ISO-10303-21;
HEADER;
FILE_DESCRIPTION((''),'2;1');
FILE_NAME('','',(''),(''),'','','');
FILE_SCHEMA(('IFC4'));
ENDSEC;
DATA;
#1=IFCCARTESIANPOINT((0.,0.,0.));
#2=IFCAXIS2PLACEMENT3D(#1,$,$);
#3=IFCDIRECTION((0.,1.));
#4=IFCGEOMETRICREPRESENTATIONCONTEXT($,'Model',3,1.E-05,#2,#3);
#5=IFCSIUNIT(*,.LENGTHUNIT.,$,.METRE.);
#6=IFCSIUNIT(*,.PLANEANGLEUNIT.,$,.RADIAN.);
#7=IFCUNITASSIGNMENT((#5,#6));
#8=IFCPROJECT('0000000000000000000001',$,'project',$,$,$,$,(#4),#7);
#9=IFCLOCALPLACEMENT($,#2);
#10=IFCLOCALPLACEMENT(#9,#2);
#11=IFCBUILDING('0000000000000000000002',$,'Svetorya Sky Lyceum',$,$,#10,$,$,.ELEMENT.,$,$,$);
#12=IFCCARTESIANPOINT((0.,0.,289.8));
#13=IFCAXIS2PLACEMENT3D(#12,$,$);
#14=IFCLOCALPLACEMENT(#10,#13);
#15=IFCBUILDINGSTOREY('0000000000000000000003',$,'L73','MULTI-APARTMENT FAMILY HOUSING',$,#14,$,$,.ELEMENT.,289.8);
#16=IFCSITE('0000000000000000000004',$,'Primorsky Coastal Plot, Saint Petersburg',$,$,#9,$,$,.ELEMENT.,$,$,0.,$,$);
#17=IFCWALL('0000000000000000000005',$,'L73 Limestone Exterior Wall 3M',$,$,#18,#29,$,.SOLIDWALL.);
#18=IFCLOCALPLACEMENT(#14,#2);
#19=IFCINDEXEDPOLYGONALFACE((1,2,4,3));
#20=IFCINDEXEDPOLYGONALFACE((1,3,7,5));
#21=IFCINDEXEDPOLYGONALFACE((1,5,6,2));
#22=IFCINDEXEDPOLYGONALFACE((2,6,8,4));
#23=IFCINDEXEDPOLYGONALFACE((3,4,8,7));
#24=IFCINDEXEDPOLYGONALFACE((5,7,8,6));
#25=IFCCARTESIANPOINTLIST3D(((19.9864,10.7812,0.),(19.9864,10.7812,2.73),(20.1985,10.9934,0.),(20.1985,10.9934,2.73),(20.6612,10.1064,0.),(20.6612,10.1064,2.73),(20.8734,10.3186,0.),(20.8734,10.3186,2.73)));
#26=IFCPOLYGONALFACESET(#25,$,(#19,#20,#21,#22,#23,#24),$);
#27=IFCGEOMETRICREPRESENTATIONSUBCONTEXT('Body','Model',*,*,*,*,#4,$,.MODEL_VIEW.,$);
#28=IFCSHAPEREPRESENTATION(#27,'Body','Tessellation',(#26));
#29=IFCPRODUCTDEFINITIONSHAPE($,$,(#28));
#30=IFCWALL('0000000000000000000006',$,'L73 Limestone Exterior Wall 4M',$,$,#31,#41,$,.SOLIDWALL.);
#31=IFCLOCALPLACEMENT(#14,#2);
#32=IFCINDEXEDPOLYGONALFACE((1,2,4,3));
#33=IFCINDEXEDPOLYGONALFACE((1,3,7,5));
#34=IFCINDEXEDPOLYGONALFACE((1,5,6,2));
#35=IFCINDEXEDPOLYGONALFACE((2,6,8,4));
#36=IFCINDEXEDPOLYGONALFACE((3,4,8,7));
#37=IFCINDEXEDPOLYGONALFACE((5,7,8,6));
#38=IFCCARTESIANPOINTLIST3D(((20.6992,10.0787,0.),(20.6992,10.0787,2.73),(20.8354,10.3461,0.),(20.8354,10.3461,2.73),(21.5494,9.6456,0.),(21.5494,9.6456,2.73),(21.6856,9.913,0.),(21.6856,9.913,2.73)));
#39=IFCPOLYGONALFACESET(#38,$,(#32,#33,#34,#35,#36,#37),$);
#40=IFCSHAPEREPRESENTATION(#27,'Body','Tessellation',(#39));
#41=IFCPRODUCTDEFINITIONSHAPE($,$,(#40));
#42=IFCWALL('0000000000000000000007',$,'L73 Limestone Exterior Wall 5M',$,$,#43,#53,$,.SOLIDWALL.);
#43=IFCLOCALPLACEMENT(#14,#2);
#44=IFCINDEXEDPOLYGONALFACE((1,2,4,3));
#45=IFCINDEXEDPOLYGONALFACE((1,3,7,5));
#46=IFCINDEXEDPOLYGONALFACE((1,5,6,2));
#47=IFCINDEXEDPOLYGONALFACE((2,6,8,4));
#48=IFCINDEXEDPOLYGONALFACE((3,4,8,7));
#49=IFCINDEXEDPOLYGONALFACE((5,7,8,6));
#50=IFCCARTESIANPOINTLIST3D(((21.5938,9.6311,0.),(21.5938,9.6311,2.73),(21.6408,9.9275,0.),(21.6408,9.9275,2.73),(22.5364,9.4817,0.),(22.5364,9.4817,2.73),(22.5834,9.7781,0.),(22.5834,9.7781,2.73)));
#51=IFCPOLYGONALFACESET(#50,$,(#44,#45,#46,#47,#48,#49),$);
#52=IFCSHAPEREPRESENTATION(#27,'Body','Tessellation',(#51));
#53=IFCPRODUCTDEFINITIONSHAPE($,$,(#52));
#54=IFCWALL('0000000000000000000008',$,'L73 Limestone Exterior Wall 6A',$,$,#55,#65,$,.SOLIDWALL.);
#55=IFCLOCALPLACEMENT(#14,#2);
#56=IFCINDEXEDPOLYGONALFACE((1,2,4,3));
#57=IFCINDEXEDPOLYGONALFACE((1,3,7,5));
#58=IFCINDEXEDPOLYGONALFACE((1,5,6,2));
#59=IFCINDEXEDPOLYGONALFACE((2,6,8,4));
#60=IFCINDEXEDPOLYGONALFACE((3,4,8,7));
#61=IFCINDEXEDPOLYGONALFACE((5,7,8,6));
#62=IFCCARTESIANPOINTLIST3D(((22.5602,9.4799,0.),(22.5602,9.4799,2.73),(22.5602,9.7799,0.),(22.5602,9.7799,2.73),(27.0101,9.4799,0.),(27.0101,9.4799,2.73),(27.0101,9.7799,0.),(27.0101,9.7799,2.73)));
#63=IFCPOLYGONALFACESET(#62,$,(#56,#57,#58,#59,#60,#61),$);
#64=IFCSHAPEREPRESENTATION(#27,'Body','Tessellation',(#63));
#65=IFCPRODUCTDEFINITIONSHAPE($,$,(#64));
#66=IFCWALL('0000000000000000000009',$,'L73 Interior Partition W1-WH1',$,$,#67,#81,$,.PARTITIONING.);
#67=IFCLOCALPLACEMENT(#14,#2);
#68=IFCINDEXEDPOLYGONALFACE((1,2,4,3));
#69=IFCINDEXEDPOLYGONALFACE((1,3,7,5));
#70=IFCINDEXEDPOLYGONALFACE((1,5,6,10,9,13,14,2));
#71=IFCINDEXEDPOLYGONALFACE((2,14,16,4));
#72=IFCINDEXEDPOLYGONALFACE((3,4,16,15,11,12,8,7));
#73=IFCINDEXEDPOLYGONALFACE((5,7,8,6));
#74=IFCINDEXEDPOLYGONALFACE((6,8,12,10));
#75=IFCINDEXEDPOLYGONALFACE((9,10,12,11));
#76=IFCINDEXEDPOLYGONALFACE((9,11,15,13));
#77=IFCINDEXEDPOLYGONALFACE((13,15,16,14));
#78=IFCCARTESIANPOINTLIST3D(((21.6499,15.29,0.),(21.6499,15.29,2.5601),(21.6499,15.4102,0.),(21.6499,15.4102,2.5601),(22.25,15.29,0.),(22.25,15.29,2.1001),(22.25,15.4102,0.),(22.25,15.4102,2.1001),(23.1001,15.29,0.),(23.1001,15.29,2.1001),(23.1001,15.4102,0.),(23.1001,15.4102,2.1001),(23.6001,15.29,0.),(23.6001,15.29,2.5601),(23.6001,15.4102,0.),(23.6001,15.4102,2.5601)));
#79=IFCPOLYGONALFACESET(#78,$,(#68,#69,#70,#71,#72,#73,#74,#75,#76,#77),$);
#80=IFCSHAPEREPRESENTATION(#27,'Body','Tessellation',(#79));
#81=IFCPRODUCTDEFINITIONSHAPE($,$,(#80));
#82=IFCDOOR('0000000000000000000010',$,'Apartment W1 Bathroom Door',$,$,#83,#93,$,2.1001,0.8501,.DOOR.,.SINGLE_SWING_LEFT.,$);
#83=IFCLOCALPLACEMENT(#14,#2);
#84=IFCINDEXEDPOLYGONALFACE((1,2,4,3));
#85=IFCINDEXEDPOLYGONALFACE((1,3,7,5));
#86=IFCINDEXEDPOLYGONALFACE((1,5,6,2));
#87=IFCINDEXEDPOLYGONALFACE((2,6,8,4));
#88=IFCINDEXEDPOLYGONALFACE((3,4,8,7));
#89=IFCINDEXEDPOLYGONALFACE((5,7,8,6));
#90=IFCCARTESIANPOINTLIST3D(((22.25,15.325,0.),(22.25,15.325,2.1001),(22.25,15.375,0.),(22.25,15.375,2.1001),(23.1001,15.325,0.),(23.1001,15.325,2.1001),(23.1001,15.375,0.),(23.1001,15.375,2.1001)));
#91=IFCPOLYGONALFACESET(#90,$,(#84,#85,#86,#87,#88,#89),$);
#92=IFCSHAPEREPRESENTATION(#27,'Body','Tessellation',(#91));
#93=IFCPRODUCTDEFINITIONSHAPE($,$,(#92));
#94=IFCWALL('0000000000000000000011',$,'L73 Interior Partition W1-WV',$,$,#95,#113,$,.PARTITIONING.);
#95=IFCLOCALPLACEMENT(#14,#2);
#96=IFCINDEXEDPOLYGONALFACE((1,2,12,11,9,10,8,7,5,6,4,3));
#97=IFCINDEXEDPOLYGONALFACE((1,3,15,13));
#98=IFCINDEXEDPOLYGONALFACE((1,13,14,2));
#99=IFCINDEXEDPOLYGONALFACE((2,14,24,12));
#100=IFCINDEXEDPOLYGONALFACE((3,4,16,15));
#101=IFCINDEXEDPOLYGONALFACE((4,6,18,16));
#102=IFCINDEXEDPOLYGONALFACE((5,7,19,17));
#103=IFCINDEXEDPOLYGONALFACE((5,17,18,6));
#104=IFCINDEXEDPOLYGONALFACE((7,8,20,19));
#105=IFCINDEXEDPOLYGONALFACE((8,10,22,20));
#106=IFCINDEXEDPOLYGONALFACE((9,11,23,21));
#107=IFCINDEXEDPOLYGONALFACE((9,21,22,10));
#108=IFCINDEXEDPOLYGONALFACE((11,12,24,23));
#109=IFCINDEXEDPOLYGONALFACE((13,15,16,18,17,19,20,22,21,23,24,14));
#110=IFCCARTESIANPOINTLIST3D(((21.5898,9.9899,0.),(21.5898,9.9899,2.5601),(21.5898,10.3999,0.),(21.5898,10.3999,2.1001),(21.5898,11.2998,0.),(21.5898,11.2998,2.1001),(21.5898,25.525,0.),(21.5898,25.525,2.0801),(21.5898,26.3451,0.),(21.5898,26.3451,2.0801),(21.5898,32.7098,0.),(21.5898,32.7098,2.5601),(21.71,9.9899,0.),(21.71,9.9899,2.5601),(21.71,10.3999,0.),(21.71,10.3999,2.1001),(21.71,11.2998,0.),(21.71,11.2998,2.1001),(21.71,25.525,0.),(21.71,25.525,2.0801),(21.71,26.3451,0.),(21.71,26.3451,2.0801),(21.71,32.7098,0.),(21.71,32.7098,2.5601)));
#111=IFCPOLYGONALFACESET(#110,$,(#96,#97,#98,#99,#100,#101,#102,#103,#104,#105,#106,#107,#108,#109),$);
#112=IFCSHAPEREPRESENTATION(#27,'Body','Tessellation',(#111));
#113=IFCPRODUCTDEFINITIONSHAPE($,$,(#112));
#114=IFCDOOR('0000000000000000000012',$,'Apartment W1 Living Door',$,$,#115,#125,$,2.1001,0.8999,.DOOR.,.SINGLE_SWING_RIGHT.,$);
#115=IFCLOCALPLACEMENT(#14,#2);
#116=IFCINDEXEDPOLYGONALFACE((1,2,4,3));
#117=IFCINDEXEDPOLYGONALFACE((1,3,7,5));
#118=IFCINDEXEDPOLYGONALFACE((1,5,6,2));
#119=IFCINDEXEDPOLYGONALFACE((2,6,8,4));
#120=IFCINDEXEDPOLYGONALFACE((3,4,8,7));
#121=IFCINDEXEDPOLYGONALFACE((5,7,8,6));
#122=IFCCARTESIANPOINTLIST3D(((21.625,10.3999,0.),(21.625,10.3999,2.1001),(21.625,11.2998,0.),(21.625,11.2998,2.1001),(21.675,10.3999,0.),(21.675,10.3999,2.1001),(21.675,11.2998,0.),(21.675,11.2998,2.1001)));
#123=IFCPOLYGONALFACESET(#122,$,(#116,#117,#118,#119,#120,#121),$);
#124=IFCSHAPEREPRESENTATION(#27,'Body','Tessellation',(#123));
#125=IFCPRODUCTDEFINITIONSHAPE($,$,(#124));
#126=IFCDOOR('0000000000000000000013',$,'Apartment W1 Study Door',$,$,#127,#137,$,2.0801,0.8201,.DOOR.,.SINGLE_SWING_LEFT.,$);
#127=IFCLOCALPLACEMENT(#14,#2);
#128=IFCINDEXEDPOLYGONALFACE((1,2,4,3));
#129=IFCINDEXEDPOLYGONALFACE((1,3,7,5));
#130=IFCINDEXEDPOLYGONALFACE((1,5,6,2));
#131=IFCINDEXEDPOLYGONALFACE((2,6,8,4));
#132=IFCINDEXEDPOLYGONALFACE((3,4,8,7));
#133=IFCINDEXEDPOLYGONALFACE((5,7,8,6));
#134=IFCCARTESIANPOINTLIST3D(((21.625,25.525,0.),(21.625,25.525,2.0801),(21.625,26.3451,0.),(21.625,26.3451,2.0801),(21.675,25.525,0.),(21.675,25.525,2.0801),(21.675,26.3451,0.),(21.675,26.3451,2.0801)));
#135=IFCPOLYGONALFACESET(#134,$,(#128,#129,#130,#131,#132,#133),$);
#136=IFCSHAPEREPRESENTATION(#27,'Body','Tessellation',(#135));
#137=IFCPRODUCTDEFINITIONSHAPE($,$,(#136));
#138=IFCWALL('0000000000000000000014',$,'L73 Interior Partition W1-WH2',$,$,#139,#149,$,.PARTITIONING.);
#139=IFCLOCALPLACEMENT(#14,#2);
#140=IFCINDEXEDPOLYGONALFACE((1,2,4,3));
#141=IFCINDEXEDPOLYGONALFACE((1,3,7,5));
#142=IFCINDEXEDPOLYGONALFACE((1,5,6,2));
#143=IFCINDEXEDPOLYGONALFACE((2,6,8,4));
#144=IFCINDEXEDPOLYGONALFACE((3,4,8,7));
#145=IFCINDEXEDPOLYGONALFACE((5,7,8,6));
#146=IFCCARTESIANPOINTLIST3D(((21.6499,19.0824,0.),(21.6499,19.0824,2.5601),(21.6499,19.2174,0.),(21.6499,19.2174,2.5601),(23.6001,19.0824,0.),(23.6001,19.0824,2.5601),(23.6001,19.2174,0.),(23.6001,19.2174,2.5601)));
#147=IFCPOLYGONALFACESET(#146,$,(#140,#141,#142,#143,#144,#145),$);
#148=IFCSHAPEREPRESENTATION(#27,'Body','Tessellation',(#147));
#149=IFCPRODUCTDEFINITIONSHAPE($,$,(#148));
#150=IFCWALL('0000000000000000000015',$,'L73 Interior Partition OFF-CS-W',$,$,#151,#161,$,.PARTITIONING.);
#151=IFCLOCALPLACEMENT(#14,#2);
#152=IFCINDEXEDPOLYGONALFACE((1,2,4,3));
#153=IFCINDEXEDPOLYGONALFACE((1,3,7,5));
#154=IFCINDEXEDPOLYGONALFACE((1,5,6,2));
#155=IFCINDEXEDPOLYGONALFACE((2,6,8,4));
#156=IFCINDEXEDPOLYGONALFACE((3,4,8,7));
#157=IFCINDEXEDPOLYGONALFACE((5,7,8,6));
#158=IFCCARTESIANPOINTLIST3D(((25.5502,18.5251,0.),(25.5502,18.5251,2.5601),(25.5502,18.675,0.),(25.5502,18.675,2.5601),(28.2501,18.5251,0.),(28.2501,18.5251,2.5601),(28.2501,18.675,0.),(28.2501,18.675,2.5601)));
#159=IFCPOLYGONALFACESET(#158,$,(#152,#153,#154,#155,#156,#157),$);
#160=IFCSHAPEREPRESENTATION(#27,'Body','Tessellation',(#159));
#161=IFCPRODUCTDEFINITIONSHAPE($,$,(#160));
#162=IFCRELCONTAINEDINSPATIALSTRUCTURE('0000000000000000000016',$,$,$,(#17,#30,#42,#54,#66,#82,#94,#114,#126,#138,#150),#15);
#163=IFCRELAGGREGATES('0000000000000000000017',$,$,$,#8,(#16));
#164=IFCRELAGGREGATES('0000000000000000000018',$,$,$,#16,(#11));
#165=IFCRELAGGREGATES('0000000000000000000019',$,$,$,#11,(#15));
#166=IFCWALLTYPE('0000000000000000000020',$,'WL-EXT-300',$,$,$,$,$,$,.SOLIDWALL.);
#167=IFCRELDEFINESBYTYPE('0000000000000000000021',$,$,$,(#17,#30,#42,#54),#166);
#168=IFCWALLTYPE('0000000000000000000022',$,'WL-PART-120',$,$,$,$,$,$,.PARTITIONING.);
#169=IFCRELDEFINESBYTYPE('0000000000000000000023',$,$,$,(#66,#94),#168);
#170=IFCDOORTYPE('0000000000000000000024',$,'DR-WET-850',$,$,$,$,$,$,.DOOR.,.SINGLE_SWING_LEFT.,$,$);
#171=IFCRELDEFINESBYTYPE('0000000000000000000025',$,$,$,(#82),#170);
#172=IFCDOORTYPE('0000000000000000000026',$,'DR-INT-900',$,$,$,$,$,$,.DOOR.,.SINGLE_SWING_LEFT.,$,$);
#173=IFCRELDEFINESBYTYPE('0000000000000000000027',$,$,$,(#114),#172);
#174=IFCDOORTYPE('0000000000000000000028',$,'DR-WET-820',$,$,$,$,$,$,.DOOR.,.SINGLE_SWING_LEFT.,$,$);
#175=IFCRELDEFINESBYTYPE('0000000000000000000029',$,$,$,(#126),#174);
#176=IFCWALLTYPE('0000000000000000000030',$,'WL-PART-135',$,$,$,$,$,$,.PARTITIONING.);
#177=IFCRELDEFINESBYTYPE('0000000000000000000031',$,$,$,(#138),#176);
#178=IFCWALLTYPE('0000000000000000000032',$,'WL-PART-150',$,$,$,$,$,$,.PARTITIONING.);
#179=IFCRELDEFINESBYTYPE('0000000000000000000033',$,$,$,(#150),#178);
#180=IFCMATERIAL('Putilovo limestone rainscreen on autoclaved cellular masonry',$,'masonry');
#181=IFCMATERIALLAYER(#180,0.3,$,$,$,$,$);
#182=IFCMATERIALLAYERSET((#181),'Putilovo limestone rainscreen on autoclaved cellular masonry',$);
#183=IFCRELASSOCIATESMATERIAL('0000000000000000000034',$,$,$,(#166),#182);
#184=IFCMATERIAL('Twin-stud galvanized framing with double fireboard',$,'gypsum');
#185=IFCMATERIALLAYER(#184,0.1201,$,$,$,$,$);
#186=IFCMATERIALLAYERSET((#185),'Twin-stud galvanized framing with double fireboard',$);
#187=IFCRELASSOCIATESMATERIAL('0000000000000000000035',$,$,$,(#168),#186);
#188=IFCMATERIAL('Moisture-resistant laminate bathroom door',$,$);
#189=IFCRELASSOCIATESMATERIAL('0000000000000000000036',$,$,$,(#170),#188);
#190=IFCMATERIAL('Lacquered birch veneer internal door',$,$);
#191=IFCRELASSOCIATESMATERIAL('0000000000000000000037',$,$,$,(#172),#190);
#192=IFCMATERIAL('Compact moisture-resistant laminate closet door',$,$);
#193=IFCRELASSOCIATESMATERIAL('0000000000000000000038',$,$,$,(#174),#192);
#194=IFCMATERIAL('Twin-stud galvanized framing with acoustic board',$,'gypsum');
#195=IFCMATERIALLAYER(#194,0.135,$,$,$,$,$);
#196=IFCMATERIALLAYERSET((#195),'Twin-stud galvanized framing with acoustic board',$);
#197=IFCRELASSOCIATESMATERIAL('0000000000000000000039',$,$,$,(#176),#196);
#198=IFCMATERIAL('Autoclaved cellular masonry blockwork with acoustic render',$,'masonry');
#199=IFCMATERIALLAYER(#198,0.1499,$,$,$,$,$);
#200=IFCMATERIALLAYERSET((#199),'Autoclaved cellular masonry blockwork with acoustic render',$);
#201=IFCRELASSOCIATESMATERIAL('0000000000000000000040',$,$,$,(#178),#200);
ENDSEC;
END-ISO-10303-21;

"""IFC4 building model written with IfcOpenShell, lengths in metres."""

from ifc_helpers import new_model, si_unit, direction, frame, frame_2d, origin, place, context, subcontext, project, spatial, rectangle, extrude, material, layer, layer_set, type_object, element, fill, save


model = new_model("IFC4")

# Units and contexts
model_context = context("Model", 3, precision=1e-05, world=origin(), true_north=direction((0.0, 1.0)))
body_context = subcontext(model_context, "Body", "Model", "MODEL_VIEW")
ifc_project = project(units=[si_unit("LENGTHUNIT", "METRE"), si_unit("PLANEANGLEUNIT", "RADIAN")], contexts=[model_context])

# Site, building, storey
site_placement = place(None, origin())
site = spatial("IfcSite", under=ifc_project, at=site_placement, Name="Primorsky Coastal Plot, Saint Petersburg", CompositionType="ELEMENT", RefElevation=0.0)
building_placement = place(site_placement, origin())
building = spatial("IfcBuilding", under=site, at=building_placement, Name="Svetorya Sky Lyceum", CompositionType="ELEMENT")
storey_placement = place(building_placement, frame((0.0, 0.0, 289.8)))
storey = spatial("IfcBuildingStorey", under=building, at=storey_placement, Name="L73", Description="MULTI-APARTMENT FAMILY HOUSING", CompositionType="ELEMENT", Elevation=289.8)

# Walls
ifc_material_1 = material(Name="Putilovo limestone rainscreen on autoclaved cellular masonry", Category="masonry")
ifc_layer_1 = layer(ifc_material_1, 0.3)
ifc_layer_set_1 = layer_set([ifc_layer_1], Name="Putilovo limestone rainscreen on autoclaved cellular masonry")
wall_type_1 = type_object("IfcWallType", Name="WL-EXT-300", PredefinedType="SOLIDWALL", material=ifc_layer_set_1)
wall_1_placement = place(storey_placement, frame((20.0925, 10.8872, 0.0), z_axis=(0.0, 0.0, 1.0), x_axis=(0.707107, -0.707107, 0.0)))
element("IfcWall", 1, at=wall_1_placement, inside=storey, type_object=wall_type_1, Name="L73 Limestone Exterior Wall 3M", PredefinedType="SOLIDWALL", context=body_context, shape_type="SweptSolid", body=[
    extrude(rectangle(XDim=0.9543, YDim=0.3, at=frame_2d((0.4771, 0.0))), origin(), (0.0, 0.0, 1.0), 2.73),
])
wall_2_placement = place(storey_placement, frame((20.7673, 10.2124, 0.0), z_axis=(0.0, 0.0, 1.0), x_axis=(0.891024, -0.453956, 0.0)))
element("IfcWall", 2, at=wall_2_placement, inside=storey, type_object=wall_type_1, Name="L73 Limestone Exterior Wall 4M", PredefinedType="SOLIDWALL", context=body_context, shape_type="SweptSolid", body=[
    extrude(rectangle(XDim=0.9541, YDim=0.3, at=frame_2d((0.4771, 0.0))), origin(), (0.0, 0.0, 1.0), 2.73),
])
wall_3_placement = place(storey_placement, frame((21.6174, 9.7793, 0.0), z_axis=(0.0, 0.0, 1.0), x_axis=(0.987669, -0.156554, 0.0)))
element("IfcWall", 3, at=wall_3_placement, inside=storey, type_object=wall_type_1, Name="L73 Limestone Exterior Wall 5M", PredefinedType="SOLIDWALL", context=body_context, shape_type="SweptSolid", body=[
    extrude(rectangle(XDim=0.9543, YDim=0.3, at=frame_2d((0.4771, 0.0))), origin(), (0.0, 0.0, 1.0), 2.73),
])
wall_4_placement = place(storey_placement, frame((22.5601, 9.6299, 0.0), z_axis=(0.0, 0.0, 1.0), x_axis=(1.0, 0.0, 0.0)))
element("IfcWall", 4, at=wall_4_placement, inside=storey, type_object=wall_type_1, Name="L73 Limestone Exterior Wall 6A", PredefinedType="SOLIDWALL", context=body_context, shape_type="SweptSolid", body=[
    extrude(rectangle(XDim=4.45, YDim=0.3, at=frame_2d((2.2251, 0.0))), origin(), (0.0, 0.0, 1.0), 2.73),
])

# Wall, opening, door
ifc_material_2 = material(Name="Twin-stud galvanized framing with double fireboard", Category="gypsum")
ifc_layer_2 = layer(ifc_material_2, 0.1201)
ifc_layer_set_2 = layer_set([ifc_layer_2], Name="Twin-stud galvanized framing with double fireboard")
wall_type_2 = type_object("IfcWallType", Name="WL-PART-120", PredefinedType="PARTITIONING", material=ifc_layer_set_2)
wall_5_placement = place(storey_placement, frame((21.6499, 15.3501, 0.0), z_axis=(0.0, 0.0, 1.0), x_axis=(1.0, 0.0, 0.0)))
wall_5 = element("IfcWall", 5, at=wall_5_placement, inside=storey, type_object=wall_type_2, Name="L73 Interior Partition W1-WH1", PredefinedType="PARTITIONING", context=body_context, shape_type="SweptSolid", body=[
    extrude(rectangle(XDim=1.9502, YDim=0.1201, at=frame_2d((0.9751, 0.0))), origin(), (0.0, 0.0, 1.0), 2.5601),
])
opening_1_placement = place(wall_5_placement, frame((0.6001, 0.0, 0.0)))
opening_1 = element("IfcOpeningElement", 6, at=opening_1_placement, cuts=wall_5, PredefinedType="OPENING", context=body_context, shape_type="SweptSolid", body=[
    extrude(rectangle(XDim=0.8501, YDim=2.1001, at=frame_2d((0.425, 1.05))), frame((0.0, 0.0701, 0.0), z_axis=(0.0, -1.0, 0.0), x_axis=(1.0, 0.0, 0.0)), (0.0, 0.0, 1.0), 0.1401),
])
ifc_material_3 = material(Name="Moisture-resistant laminate bathroom door")
door_type_1 = type_object("IfcDoorType", Name="DR-WET-850", OperationType="SINGLE_SWING_LEFT", PredefinedType="DOOR", material=ifc_material_3)
door_1_placement = place(opening_1_placement, origin())
door_1 = element("IfcDoor", 7, at=door_1_placement, inside=storey, type_object=door_type_1, Name="Apartment W1 Bathroom Door", OperationType="SINGLE_SWING_LEFT", OverallHeight=2.1001, OverallWidth=0.8501, PredefinedType="DOOR", context=body_context, shape_type="SweptSolid", body=[
    extrude(rectangle(XDim=0.8501, YDim=2.1001, at=frame_2d((0.425, 1.05))), frame((0.0, 0.0249, 0.0), z_axis=(0.0, -1.0, 0.0), x_axis=(1.0, 0.0, 0.0)), (0.0, 0.0, 1.0), 0.05),
])
fill(opening_1, door_1)

# Wall, openings, doors
wall_6_placement = place(storey_placement, frame((21.6499, 9.99, 0.0), z_axis=(0.0, 0.0, 1.0), x_axis=(0.0, 1.0, 0.0)))
wall_6 = element("IfcWall", 8, at=wall_6_placement, inside=storey, type_object=wall_type_2, Name="L73 Interior Partition W1-WV", PredefinedType="PARTITIONING", context=body_context, shape_type="SweptSolid", body=[
    extrude(rectangle(XDim=22.72, YDim=0.1201, at=frame_2d((11.3599, 0.0))), origin(), (0.0, 0.0, 1.0), 2.5601),
])
opening_2_placement = place(wall_6_placement, frame((0.4099, 0.0, 0.0)))
opening_2 = element("IfcOpeningElement", 9, at=opening_2_placement, cuts=wall_6, PredefinedType="OPENING", context=body_context, shape_type="SweptSolid", body=[
    extrude(rectangle(XDim=0.8999, YDim=2.1001, at=frame_2d((0.45, 1.05))), frame((0.0, 0.0701, 0.0), z_axis=(0.0, -1.0, 0.0), x_axis=(1.0, 0.0, 0.0)), (0.0, 0.0, 1.0), 0.1401),
])
opening_3_placement = place(wall_6_placement, frame((15.5349, 0.0, 0.0)))
opening_3 = element("IfcOpeningElement", 10, at=opening_3_placement, cuts=wall_6, PredefinedType="OPENING", context=body_context, shape_type="SweptSolid", body=[
    extrude(rectangle(XDim=0.8201, YDim=2.0801, at=frame_2d((0.4102, 1.04))), frame((0.0, 0.0701, 0.0), z_axis=(0.0, -1.0, 0.0), x_axis=(1.0, 0.0, 0.0)), (0.0, 0.0, 1.0), 0.1401),
])
ifc_material_4 = material(Name="Lacquered birch veneer internal door")
door_type_2 = type_object("IfcDoorType", Name="DR-INT-900", OperationType="SINGLE_SWING_LEFT", PredefinedType="DOOR", material=ifc_material_4)
door_2_placement = place(opening_2_placement, origin())
door_2 = element("IfcDoor", 11, at=door_2_placement, inside=storey, type_object=door_type_2, Name="Apartment W1 Living Door", OperationType="SINGLE_SWING_RIGHT", OverallHeight=2.1001, OverallWidth=0.8999, PredefinedType="DOOR", context=body_context, shape_type="SweptSolid", body=[
    extrude(rectangle(XDim=0.8999, YDim=2.1001, at=frame_2d((0.45, 1.05))), frame((0.0, 0.0249, 0.0), z_axis=(0.0, -1.0, 0.0), x_axis=(1.0, 0.0, 0.0)), (0.0, 0.0, 1.0), 0.05),
])
fill(opening_2, door_2)
ifc_material_5 = material(Name="Compact moisture-resistant laminate closet door")
door_type_3 = type_object("IfcDoorType", Name="DR-WET-820", OperationType="SINGLE_SWING_LEFT", PredefinedType="DOOR", material=ifc_material_5)
door_3_placement = place(opening_3_placement, origin())
door_3 = element("IfcDoor", 12, at=door_3_placement, inside=storey, type_object=door_type_3, Name="Apartment W1 Study Door", OperationType="SINGLE_SWING_LEFT", OverallHeight=2.0801, OverallWidth=0.8201, PredefinedType="DOOR", context=body_context, shape_type="SweptSolid", body=[
    extrude(rectangle(XDim=0.8201, YDim=2.0801, at=frame_2d((0.4102, 1.04))), frame((0.0, 0.0249, 0.0), z_axis=(0.0, -1.0, 0.0), x_axis=(1.0, 0.0, 0.0)), (0.0, 0.0, 1.0), 0.05),
])
fill(opening_3, door_3)

# Walls
ifc_material_6 = material(Name="Twin-stud galvanized framing with acoustic board", Category="gypsum")
ifc_layer_3 = layer(ifc_material_6, 0.135)
ifc_layer_set_3 = layer_set([ifc_layer_3], Name="Twin-stud galvanized framing with acoustic board")
wall_type_3 = type_object("IfcWallType", Name="WL-PART-135", PredefinedType="PARTITIONING", material=ifc_layer_set_3)
wall_7_placement = place(storey_placement, frame((21.6499, 19.1499, 0.0), z_axis=(0.0, 0.0, 1.0), x_axis=(1.0, 0.0, 0.0)))
element("IfcWall", 13, at=wall_7_placement, inside=storey, type_object=wall_type_3, Name="L73 Interior Partition W1-WH2", PredefinedType="PARTITIONING", context=body_context, shape_type="SweptSolid", body=[
    extrude(rectangle(XDim=1.9502, YDim=0.135, at=frame_2d((0.9751, 0.0))), origin(), (0.0, 0.0, 1.0), 2.5601),
])
ifc_material_7 = material(Name="Autoclaved cellular masonry blockwork with acoustic render", Category="masonry")
ifc_layer_4 = layer(ifc_material_7, 0.1499)
ifc_layer_set_4 = layer_set([ifc_layer_4], Name="Autoclaved cellular masonry blockwork with acoustic render")
wall_type_4 = type_object("IfcWallType", Name="WL-PART-150", PredefinedType="PARTITIONING", material=ifc_layer_set_4)
wall_8_placement = place(storey_placement, frame((25.55, 18.6001, 0.0), z_axis=(0.0, 0.0, 1.0), x_axis=(1.0, 0.0, 0.0)))
element("IfcWall", 14, at=wall_8_placement, inside=storey, type_object=wall_type_4, Name="L73 Interior Partition OFF-CS-W", PredefinedType="PARTITIONING", context=body_context, shape_type="SweptSolid", body=[
    extrude(rectangle(XDim=2.7, YDim=0.1499, at=frame_2d((1.3501, 0.0))), origin(), (0.0, 0.0, 1.0), 2.5601),
])

save(model, "model.ifc")
